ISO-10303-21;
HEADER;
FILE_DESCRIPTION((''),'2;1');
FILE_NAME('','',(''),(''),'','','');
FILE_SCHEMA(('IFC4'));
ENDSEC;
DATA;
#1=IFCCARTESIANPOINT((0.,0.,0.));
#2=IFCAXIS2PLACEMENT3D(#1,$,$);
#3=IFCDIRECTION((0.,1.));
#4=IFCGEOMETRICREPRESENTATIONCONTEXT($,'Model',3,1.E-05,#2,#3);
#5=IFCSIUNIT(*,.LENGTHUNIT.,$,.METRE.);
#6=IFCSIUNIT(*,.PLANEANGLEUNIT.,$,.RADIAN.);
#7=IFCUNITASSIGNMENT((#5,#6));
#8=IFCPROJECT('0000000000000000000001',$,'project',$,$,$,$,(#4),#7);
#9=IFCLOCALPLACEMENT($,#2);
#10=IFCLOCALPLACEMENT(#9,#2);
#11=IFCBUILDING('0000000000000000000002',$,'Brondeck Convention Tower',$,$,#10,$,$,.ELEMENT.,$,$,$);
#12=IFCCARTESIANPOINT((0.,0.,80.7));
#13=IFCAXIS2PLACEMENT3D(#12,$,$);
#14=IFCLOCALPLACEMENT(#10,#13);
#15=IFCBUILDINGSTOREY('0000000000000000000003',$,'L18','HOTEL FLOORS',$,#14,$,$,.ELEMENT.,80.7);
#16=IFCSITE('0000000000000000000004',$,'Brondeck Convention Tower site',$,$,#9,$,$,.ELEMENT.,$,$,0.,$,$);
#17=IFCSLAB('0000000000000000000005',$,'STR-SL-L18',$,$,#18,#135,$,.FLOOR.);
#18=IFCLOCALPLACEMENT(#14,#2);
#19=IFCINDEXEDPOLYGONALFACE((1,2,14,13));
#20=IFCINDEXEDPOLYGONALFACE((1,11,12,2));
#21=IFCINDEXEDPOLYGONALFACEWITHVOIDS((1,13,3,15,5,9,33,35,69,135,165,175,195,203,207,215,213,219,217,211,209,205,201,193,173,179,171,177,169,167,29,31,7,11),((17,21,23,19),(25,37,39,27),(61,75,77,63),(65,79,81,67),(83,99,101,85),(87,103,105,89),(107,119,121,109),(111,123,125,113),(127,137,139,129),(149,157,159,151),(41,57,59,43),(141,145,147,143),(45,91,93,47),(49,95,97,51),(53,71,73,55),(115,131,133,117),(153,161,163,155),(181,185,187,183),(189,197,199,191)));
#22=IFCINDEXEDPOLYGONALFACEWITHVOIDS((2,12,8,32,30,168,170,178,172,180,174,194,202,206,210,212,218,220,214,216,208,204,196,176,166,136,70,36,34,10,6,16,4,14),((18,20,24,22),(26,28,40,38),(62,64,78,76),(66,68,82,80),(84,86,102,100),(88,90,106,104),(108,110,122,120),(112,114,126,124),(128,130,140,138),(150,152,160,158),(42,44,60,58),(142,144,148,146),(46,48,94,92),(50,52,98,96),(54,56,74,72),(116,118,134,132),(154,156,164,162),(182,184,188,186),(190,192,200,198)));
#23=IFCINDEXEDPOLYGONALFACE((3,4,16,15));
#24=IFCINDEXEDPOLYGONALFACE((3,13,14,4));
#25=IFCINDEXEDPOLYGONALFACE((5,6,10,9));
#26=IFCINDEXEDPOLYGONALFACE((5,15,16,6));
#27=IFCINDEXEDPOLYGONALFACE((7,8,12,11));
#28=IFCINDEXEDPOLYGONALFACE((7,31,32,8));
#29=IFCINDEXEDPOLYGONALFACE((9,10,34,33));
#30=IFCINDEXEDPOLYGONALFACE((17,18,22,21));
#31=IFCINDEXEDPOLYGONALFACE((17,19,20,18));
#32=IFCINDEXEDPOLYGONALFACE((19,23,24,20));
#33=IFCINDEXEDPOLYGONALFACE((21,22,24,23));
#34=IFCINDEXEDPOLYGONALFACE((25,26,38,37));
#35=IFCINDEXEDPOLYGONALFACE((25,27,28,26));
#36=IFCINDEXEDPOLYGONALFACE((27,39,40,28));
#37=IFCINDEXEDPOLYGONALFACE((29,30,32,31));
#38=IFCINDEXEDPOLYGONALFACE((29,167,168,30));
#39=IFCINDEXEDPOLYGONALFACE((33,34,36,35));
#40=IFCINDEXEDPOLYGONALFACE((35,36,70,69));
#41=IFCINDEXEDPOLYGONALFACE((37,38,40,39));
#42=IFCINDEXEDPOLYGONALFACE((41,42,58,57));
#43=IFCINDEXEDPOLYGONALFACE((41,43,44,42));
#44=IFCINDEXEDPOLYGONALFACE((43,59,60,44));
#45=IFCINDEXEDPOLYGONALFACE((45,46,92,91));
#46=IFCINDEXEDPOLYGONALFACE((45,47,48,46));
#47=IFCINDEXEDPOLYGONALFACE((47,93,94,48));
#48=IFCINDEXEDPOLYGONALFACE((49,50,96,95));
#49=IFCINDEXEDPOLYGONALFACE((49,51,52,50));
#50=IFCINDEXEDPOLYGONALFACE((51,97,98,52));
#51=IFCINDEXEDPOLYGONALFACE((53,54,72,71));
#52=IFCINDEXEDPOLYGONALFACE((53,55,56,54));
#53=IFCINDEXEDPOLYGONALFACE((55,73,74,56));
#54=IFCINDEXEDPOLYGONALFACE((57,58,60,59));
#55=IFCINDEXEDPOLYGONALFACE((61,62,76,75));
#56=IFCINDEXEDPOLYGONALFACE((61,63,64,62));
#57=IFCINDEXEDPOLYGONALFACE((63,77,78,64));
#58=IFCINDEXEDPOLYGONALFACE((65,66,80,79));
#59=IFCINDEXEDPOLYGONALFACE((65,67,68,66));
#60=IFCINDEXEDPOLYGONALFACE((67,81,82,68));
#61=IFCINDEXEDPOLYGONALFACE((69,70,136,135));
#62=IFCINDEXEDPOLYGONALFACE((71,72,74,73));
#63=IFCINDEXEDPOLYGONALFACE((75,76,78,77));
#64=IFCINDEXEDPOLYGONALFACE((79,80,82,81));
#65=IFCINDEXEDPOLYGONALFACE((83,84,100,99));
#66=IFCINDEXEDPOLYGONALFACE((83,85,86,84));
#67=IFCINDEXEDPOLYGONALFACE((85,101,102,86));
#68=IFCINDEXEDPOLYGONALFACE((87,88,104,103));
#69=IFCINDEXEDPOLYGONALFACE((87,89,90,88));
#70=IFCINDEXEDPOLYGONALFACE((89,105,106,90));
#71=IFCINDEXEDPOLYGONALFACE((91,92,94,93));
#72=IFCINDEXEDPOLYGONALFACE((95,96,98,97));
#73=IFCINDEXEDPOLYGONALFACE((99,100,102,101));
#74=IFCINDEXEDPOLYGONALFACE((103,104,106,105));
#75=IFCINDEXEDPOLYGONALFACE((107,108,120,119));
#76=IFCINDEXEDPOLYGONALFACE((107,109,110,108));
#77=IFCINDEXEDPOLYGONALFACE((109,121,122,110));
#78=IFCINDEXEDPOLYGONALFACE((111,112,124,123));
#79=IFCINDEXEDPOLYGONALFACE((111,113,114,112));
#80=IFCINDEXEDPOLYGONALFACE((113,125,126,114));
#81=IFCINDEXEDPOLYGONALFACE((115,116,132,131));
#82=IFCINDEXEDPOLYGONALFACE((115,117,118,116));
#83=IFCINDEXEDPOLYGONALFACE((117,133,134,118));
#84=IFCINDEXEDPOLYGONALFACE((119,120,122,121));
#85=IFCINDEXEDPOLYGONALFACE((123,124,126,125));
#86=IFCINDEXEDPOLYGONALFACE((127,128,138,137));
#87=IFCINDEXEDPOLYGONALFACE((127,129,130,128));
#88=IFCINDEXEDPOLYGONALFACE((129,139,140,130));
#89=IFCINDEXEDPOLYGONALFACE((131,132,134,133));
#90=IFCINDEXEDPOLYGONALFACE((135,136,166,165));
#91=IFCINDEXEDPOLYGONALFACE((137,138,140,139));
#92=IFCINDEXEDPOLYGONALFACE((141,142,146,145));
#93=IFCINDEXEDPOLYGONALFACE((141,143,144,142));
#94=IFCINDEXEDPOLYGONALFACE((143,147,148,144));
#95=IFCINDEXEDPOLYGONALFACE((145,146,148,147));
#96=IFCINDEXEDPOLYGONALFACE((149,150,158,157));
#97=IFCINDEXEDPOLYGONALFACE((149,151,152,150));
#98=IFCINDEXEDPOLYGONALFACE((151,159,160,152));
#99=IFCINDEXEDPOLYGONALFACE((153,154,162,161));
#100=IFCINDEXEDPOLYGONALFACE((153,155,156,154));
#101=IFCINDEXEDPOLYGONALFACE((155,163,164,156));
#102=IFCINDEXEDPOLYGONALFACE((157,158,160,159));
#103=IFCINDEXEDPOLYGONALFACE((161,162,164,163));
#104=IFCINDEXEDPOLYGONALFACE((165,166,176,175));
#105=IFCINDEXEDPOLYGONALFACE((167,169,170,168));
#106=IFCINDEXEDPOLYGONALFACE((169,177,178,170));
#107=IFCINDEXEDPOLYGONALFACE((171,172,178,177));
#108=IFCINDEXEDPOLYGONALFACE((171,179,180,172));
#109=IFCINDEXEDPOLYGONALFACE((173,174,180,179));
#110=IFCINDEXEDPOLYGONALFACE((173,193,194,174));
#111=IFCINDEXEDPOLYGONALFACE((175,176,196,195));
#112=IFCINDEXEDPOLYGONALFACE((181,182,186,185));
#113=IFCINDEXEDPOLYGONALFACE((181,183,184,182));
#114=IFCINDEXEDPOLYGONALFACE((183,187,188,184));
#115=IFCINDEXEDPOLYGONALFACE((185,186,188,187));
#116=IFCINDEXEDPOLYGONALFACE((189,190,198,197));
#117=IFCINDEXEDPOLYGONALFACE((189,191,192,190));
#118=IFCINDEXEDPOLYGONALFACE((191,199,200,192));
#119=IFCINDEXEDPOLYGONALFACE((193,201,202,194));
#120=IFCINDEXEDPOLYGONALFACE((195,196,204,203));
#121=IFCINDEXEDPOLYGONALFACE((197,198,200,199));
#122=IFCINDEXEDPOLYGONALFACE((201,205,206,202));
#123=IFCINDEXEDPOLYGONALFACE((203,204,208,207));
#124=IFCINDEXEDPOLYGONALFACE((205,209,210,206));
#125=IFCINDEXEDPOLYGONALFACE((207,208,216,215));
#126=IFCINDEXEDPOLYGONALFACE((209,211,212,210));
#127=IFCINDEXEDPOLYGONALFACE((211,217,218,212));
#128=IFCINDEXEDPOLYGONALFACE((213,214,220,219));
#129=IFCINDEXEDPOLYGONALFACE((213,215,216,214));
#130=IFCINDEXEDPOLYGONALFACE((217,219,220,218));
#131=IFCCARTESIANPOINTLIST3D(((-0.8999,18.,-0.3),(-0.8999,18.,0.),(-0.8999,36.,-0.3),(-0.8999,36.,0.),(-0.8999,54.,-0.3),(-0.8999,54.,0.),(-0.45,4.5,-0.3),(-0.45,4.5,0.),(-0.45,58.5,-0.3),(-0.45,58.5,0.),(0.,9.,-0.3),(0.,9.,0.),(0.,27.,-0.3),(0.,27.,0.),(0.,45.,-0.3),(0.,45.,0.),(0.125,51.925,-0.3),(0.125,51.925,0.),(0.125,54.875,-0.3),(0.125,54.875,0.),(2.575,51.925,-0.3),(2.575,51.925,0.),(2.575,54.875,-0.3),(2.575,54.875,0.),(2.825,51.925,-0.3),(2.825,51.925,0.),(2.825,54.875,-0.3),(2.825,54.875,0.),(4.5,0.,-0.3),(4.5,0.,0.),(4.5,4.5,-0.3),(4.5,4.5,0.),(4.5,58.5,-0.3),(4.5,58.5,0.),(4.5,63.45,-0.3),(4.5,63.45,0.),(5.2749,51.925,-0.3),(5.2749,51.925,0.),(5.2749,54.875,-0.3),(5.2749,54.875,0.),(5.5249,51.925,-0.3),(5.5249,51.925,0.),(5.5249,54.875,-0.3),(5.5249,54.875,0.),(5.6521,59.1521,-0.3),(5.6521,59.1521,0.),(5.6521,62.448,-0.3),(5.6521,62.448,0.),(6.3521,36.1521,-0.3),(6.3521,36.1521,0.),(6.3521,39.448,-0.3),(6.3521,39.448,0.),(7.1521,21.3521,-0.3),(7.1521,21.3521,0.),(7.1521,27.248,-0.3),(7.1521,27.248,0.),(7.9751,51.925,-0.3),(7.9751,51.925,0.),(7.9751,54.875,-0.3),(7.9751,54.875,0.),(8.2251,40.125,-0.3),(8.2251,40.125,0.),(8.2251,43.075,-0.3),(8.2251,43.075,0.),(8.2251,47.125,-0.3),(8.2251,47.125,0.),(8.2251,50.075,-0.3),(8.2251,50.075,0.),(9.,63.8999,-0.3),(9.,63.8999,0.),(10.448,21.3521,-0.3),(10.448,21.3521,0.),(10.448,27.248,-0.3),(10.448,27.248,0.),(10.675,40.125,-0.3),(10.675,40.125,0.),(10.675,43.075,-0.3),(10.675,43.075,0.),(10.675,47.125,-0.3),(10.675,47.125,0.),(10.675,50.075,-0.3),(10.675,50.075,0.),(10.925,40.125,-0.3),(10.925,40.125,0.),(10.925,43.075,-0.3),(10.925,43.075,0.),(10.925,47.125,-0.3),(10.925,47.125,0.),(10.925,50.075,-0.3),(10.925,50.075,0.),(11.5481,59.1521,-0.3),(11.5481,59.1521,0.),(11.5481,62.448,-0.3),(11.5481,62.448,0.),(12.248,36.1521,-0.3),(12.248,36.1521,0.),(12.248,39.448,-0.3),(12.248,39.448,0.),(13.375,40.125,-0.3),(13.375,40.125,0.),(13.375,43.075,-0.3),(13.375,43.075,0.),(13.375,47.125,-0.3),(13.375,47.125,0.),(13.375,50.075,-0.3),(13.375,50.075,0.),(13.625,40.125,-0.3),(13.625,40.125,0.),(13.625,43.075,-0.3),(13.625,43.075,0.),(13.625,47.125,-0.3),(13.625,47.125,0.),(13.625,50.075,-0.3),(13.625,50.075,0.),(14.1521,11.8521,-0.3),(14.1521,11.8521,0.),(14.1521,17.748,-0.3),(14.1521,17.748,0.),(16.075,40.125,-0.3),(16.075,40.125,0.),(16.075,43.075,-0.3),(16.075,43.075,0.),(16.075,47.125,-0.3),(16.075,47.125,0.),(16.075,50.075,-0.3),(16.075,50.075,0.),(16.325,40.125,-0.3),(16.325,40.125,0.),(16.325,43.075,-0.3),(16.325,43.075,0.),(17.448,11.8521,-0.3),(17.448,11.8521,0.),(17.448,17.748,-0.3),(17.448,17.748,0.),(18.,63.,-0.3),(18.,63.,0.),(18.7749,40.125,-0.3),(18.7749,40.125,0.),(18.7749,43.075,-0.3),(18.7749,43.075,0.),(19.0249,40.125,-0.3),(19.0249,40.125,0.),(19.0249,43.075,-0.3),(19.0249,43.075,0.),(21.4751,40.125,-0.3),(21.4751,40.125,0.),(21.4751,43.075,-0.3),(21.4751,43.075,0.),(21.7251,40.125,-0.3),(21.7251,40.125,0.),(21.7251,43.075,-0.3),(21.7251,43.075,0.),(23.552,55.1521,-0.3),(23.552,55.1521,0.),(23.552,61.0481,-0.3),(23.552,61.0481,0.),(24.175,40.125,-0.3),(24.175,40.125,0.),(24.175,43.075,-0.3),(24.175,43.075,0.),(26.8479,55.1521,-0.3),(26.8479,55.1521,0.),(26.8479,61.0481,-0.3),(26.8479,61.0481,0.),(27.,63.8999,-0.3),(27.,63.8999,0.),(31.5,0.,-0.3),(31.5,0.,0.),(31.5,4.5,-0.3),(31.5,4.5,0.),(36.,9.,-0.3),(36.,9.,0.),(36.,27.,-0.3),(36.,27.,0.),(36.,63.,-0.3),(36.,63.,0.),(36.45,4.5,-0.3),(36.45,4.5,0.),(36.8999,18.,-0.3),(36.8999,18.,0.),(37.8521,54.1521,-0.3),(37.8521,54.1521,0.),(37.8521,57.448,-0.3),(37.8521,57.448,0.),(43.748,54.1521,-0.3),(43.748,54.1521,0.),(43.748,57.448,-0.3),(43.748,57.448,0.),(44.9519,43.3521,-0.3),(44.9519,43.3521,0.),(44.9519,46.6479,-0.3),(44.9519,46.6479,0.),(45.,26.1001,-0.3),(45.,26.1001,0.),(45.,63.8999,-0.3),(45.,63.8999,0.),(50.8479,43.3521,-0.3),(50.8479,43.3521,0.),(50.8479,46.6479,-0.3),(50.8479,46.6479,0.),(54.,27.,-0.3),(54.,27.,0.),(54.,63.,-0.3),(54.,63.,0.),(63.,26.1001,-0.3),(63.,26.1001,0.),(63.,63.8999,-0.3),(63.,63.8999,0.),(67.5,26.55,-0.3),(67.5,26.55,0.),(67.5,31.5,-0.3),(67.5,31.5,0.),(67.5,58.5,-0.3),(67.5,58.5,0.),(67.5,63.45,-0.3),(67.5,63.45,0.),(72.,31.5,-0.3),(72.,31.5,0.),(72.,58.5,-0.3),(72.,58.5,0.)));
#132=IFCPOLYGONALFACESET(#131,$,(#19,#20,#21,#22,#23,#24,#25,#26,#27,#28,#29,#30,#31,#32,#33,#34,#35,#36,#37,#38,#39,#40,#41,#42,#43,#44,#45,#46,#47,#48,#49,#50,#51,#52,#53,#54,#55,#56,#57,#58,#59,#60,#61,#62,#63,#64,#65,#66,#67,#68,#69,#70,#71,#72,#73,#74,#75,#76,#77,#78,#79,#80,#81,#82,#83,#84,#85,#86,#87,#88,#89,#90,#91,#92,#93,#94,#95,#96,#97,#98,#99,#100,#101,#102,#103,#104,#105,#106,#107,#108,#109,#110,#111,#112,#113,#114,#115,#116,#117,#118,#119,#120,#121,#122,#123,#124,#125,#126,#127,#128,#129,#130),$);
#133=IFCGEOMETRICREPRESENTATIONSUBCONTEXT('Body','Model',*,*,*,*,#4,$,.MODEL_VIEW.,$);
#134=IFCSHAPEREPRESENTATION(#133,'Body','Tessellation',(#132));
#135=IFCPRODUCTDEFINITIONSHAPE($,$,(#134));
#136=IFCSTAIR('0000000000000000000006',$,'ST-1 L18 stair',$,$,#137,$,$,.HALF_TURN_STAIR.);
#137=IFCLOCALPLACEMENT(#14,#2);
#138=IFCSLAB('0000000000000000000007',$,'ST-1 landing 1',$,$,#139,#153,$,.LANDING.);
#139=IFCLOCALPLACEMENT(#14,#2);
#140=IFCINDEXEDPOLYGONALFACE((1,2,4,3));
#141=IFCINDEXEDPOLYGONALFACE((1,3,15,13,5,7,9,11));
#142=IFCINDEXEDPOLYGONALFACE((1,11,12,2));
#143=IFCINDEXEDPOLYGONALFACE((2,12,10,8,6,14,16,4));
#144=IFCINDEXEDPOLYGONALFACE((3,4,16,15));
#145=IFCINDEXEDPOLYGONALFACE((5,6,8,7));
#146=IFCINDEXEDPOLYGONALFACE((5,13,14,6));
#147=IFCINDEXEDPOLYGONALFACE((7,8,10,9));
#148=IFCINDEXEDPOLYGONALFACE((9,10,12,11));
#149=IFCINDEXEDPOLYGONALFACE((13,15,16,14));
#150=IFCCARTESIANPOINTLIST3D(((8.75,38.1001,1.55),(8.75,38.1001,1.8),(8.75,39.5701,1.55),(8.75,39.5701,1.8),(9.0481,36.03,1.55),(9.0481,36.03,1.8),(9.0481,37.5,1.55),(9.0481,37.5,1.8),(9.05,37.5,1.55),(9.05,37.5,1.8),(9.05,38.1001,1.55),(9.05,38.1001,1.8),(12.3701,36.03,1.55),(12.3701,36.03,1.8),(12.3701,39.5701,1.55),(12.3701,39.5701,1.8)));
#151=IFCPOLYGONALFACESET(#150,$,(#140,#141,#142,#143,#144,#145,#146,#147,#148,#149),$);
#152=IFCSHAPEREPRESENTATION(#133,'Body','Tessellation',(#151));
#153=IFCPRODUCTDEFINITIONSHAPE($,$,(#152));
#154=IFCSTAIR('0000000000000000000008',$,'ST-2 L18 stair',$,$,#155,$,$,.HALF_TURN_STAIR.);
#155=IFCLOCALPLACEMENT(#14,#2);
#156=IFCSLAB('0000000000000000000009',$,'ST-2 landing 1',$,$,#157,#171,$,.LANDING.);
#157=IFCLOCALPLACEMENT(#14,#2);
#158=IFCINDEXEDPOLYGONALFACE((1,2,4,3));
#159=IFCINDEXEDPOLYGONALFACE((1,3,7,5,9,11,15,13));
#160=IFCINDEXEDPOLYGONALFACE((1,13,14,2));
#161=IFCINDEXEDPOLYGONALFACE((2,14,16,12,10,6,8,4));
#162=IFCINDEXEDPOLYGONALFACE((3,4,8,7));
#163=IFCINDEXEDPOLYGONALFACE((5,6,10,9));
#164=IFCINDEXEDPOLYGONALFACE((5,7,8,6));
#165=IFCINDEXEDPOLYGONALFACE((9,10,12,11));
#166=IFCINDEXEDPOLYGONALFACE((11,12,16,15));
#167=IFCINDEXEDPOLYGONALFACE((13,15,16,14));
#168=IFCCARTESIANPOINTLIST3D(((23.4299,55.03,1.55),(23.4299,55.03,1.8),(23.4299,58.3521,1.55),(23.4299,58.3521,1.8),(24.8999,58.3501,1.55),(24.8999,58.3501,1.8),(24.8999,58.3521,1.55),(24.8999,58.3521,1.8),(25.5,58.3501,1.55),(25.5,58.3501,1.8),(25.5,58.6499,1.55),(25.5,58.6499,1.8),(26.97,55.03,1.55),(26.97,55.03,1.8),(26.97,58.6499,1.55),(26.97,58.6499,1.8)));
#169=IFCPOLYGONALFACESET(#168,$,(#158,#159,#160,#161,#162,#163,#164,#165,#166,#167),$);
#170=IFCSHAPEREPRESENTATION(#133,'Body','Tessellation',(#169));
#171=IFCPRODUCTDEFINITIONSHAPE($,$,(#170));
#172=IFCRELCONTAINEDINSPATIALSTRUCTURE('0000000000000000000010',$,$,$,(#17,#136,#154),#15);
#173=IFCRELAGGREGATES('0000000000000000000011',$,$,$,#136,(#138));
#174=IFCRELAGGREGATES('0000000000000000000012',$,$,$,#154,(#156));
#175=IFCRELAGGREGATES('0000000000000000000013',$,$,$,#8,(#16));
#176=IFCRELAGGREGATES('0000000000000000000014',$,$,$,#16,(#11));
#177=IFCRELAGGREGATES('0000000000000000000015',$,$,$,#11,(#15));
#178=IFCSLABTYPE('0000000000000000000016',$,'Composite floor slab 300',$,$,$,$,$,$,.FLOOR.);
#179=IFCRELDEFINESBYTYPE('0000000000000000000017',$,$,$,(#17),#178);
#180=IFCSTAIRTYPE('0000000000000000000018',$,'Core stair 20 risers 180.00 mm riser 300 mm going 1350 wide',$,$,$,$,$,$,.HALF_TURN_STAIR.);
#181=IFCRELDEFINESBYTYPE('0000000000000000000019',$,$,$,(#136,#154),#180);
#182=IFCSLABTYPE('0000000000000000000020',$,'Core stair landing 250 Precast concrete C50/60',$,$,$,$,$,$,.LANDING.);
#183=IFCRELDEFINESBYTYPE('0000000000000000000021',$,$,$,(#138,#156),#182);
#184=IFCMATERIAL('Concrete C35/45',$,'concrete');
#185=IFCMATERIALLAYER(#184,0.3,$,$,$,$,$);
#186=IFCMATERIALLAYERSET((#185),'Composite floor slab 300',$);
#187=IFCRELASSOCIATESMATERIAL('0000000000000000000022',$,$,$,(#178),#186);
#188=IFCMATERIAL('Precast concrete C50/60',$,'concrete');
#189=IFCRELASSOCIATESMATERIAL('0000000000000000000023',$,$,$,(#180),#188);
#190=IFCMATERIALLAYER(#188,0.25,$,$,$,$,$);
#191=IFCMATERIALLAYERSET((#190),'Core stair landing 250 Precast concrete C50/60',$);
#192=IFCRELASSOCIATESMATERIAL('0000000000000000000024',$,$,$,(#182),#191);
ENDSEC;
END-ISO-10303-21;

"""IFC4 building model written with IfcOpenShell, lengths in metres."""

from ifc_helpers import new_model, si_unit, direction, frame, origin, place, context, subcontext, project, spatial, polyline, outline, extrude, material, layer, layer_set, type_object, element, aggregate, save


model = new_model("IFC4")

# Units and contexts
model_context = context("Model", 3, precision=1e-05, world=origin(), true_north=direction((0.0, 1.0)))
body_context = subcontext(model_context, "Body", "Model", "MODEL_VIEW")
ifc_project = project(units=[si_unit("LENGTHUNIT", "METRE"), si_unit("PLANEANGLEUNIT", "RADIAN")], contexts=[model_context])

# Site, building, storey
site_placement = place(None, origin())
site = spatial("IfcSite", under=ifc_project, at=site_placement, Name="Brondeck Convention Tower site", CompositionType="ELEMENT", RefElevation=0.0)
building_placement = place(site_placement, origin())
building = spatial("IfcBuilding", under=site, at=building_placement, Name="Brondeck Convention Tower", CompositionType="ELEMENT")
storey_placement = place(building_placement, frame((0.0, 0.0, 80.7)))
storey = spatial("IfcBuildingStorey", under=building, at=storey_placement, Name="L18", Description="HOTEL FLOORS", CompositionType="ELEMENT", Elevation=80.7)

# Slab
ifc_material_1 = material(Name="Concrete C35/45", Category="concrete")
ifc_layer_1 = layer(ifc_material_1, 0.3)
ifc_layer_set_1 = layer_set([ifc_layer_1], Name="Composite floor slab 300")
slab_type_1 = type_object("IfcSlabType", Name="Composite floor slab 300", PredefinedType="FLOOR", material=ifc_layer_set_1)
slab_1_placement = place(storey_placement, frame((0.0, 0.0, -0.3)))
element("IfcSlab", 1, at=slab_1_placement, inside=storey, type_object=slab_type_1, Name="STR-SL-L18", PredefinedType="FLOOR", context=body_context, shape_type="SweptSolid", body=[
    extrude(outline(polyline([(4.5, 4.5), (-0.45, 4.5), (0.0, 9.0), (-0.8999, 18.0), (0.0, 27.0), (-0.8999, 36.0), (0.0, 45.0), (-0.8999, 54.0), (-0.45, 58.5), (4.5, 58.5), (4.5, 63.45), (9.0, 63.8999), (18.0, 63.0), (27.0, 63.8999), (36.0, 63.0), (45.0, 63.8999), (54.0, 63.0), (63.0, 63.8999), (67.5, 63.45), (67.5, 58.5), (72.0, 58.5), (72.0, 31.5), (67.5, 31.5), (67.5, 26.55), (63.0, 26.1001), (54.0, 27.0), (45.0, 26.1001), (36.0, 27.0), (36.8999, 18.0), (36.0, 9.0), (36.45, 4.5), (31.5, 4.5), (31.5, 0.0), (4.5, 0.0), (4.5, 4.5)]), holes=[polyline([(10.448, 27.248), (7.1521, 27.248), (7.1521, 21.3521), (10.448, 21.3521), (10.448, 27.248)]), polyline([(12.248, 36.1521), (12.248, 39.448), (6.3521, 39.448), (6.3521, 36.1521), (12.248, 36.1521)]), polyline([(10.675, 40.125), (10.675, 43.075), (8.2251, 43.075), (8.2251, 40.125), (10.675, 40.125)]), polyline([(13.375, 40.125), (13.375, 43.075), (10.925, 43.075), (10.925, 40.125), (13.375, 40.125)]), polyline([(10.675, 47.125), (10.675, 50.075), (8.2251, 50.075), (8.2251, 47.125), (10.675, 47.125)]), polyline([(13.375, 47.125), (13.375, 50.075), (10.925, 50.075), (10.925, 47.125), (13.375, 47.125)]), polyline([(2.575, 51.925), (2.575, 54.875), (0.125, 54.875), (0.125, 51.925), (2.575, 51.925)]), polyline([(2.825, 51.925), (5.2749, 51.925), (5.2749, 54.875), (2.825, 54.875), (2.825, 51.925)]), polyline([(5.5249, 51.925), (7.9751, 51.925), (7.9751, 54.875), (5.5249, 54.875), (5.5249, 51.925)]), polyline([(5.6521, 62.448), (5.6521, 59.1521), (11.5481, 59.1521), (11.5481, 62.448), (5.6521, 62.448)]), polyline([(17.448, 17.748), (14.1521, 17.748), (14.1521, 11.8521), (17.448, 11.8521), (17.448, 17.748)]), polyline([(16.075, 40.125), (16.075, 43.075), (13.625, 43.075), (13.625, 40.125), (16.075, 40.125)]), polyline([(16.325, 40.125), (18.7749, 40.125), (18.7749, 43.075), (16.325, 43.075), (16.325, 40.125)]), polyline([(19.0249, 40.125), (21.4751, 40.125), (21.4751, 43.075), (19.0249, 43.075), (19.0249, 40.125)]), polyline([(24.175, 40.125), (24.175, 43.075), (21.7251, 43.075), (21.7251, 40.125), (24.175, 40.125)]), polyline([(50.8479, 43.3521), (50.8479, 46.6479), (44.9519, 46.6479), (44.9519, 43.3521), (50.8479, 43.3521)]), polyline([(16.075, 47.125), (16.075, 50.075), (13.625, 50.075), (13.625, 47.125), (16.075, 47.125)]), polyline([(37.8521, 54.1521), (43.748, 54.1521), (43.748, 57.448), (37.8521, 57.448), (37.8521, 54.1521)]), polyline([(23.552, 61.0481), (23.552, 55.1521), (26.8479, 55.1521), (26.8479, 61.0481), (23.552, 61.0481)])]), origin(), (0.0, 0.0, 1.0), 0.3),
])

# Stairs, slabs
ifc_material_2 = material(Name="Precast concrete C50/60", Category="concrete")
stair_type = type_object("IfcStairType", Name="Core stair 20 risers 180.00 mm riser 300 mm going 1350 wide", PredefinedType="HALF_TURN_STAIR", material=ifc_material_2)
stair_1_placement = place(storey_placement, origin())
stair_1 = element("IfcStair", 2, at=stair_1_placement, inside=storey, type_object=stair_type, Name="ST-1 L18 stair", PredefinedType="HALF_TURN_STAIR")
ifc_layer_2 = layer(ifc_material_2, 0.25)
ifc_layer_set_2 = layer_set([ifc_layer_2], Name="Core stair landing 250 Precast concrete C50/60")
slab_type_2 = type_object("IfcSlabType", Name="Core stair landing 250 Precast concrete C50/60", PredefinedType="LANDING", material=ifc_layer_set_2)
slab_2_placement = place(storey_placement, frame((0.0, 0.0, 1.55)))
slab_2 = element("IfcSlab", 3, at=slab_2_placement, type_object=slab_type_2, Name="ST-1 landing 1", PredefinedType="LANDING", context=body_context, shape_type="SweptSolid", body=[
    extrude(outline(polyline([(9.0481, 37.5), (9.05, 37.5), (9.05, 38.1001), (8.75, 38.1001), (8.75, 39.5701), (12.3701, 39.5701), (12.3701, 36.03), (9.0481, 36.03), (9.0481, 37.5)])), origin(), (0.0, 0.0, 1.0), 0.25),
])
aggregate(stair_1, [slab_2])
stair_2_placement = place(storey_placement, origin())
stair_2 = element("IfcStair", 4, at=stair_2_placement, inside=storey, type_object=stair_type, Name="ST-2 L18 stair", PredefinedType="HALF_TURN_STAIR")
slab_3_placement = place(storey_placement, frame((0.0, 0.0, 1.55)))
slab_3 = element("IfcSlab", 5, at=slab_3_placement, type_object=slab_type_2, Name="ST-2 landing 1", PredefinedType="LANDING", context=body_context, shape_type="SweptSolid", body=[
    extrude(outline(polyline([(23.4299, 58.3521), (24.8999, 58.3521), (24.8999, 58.3501), (25.5, 58.3501), (25.5, 58.6499), (26.97, 58.6499), (26.97, 55.03), (23.4299, 55.03), (23.4299, 58.3521)])), origin(), (0.0, 0.0, 1.0), 0.25),
])
aggregate(stair_2, [slab_3])

save(model, "model.ifc")
